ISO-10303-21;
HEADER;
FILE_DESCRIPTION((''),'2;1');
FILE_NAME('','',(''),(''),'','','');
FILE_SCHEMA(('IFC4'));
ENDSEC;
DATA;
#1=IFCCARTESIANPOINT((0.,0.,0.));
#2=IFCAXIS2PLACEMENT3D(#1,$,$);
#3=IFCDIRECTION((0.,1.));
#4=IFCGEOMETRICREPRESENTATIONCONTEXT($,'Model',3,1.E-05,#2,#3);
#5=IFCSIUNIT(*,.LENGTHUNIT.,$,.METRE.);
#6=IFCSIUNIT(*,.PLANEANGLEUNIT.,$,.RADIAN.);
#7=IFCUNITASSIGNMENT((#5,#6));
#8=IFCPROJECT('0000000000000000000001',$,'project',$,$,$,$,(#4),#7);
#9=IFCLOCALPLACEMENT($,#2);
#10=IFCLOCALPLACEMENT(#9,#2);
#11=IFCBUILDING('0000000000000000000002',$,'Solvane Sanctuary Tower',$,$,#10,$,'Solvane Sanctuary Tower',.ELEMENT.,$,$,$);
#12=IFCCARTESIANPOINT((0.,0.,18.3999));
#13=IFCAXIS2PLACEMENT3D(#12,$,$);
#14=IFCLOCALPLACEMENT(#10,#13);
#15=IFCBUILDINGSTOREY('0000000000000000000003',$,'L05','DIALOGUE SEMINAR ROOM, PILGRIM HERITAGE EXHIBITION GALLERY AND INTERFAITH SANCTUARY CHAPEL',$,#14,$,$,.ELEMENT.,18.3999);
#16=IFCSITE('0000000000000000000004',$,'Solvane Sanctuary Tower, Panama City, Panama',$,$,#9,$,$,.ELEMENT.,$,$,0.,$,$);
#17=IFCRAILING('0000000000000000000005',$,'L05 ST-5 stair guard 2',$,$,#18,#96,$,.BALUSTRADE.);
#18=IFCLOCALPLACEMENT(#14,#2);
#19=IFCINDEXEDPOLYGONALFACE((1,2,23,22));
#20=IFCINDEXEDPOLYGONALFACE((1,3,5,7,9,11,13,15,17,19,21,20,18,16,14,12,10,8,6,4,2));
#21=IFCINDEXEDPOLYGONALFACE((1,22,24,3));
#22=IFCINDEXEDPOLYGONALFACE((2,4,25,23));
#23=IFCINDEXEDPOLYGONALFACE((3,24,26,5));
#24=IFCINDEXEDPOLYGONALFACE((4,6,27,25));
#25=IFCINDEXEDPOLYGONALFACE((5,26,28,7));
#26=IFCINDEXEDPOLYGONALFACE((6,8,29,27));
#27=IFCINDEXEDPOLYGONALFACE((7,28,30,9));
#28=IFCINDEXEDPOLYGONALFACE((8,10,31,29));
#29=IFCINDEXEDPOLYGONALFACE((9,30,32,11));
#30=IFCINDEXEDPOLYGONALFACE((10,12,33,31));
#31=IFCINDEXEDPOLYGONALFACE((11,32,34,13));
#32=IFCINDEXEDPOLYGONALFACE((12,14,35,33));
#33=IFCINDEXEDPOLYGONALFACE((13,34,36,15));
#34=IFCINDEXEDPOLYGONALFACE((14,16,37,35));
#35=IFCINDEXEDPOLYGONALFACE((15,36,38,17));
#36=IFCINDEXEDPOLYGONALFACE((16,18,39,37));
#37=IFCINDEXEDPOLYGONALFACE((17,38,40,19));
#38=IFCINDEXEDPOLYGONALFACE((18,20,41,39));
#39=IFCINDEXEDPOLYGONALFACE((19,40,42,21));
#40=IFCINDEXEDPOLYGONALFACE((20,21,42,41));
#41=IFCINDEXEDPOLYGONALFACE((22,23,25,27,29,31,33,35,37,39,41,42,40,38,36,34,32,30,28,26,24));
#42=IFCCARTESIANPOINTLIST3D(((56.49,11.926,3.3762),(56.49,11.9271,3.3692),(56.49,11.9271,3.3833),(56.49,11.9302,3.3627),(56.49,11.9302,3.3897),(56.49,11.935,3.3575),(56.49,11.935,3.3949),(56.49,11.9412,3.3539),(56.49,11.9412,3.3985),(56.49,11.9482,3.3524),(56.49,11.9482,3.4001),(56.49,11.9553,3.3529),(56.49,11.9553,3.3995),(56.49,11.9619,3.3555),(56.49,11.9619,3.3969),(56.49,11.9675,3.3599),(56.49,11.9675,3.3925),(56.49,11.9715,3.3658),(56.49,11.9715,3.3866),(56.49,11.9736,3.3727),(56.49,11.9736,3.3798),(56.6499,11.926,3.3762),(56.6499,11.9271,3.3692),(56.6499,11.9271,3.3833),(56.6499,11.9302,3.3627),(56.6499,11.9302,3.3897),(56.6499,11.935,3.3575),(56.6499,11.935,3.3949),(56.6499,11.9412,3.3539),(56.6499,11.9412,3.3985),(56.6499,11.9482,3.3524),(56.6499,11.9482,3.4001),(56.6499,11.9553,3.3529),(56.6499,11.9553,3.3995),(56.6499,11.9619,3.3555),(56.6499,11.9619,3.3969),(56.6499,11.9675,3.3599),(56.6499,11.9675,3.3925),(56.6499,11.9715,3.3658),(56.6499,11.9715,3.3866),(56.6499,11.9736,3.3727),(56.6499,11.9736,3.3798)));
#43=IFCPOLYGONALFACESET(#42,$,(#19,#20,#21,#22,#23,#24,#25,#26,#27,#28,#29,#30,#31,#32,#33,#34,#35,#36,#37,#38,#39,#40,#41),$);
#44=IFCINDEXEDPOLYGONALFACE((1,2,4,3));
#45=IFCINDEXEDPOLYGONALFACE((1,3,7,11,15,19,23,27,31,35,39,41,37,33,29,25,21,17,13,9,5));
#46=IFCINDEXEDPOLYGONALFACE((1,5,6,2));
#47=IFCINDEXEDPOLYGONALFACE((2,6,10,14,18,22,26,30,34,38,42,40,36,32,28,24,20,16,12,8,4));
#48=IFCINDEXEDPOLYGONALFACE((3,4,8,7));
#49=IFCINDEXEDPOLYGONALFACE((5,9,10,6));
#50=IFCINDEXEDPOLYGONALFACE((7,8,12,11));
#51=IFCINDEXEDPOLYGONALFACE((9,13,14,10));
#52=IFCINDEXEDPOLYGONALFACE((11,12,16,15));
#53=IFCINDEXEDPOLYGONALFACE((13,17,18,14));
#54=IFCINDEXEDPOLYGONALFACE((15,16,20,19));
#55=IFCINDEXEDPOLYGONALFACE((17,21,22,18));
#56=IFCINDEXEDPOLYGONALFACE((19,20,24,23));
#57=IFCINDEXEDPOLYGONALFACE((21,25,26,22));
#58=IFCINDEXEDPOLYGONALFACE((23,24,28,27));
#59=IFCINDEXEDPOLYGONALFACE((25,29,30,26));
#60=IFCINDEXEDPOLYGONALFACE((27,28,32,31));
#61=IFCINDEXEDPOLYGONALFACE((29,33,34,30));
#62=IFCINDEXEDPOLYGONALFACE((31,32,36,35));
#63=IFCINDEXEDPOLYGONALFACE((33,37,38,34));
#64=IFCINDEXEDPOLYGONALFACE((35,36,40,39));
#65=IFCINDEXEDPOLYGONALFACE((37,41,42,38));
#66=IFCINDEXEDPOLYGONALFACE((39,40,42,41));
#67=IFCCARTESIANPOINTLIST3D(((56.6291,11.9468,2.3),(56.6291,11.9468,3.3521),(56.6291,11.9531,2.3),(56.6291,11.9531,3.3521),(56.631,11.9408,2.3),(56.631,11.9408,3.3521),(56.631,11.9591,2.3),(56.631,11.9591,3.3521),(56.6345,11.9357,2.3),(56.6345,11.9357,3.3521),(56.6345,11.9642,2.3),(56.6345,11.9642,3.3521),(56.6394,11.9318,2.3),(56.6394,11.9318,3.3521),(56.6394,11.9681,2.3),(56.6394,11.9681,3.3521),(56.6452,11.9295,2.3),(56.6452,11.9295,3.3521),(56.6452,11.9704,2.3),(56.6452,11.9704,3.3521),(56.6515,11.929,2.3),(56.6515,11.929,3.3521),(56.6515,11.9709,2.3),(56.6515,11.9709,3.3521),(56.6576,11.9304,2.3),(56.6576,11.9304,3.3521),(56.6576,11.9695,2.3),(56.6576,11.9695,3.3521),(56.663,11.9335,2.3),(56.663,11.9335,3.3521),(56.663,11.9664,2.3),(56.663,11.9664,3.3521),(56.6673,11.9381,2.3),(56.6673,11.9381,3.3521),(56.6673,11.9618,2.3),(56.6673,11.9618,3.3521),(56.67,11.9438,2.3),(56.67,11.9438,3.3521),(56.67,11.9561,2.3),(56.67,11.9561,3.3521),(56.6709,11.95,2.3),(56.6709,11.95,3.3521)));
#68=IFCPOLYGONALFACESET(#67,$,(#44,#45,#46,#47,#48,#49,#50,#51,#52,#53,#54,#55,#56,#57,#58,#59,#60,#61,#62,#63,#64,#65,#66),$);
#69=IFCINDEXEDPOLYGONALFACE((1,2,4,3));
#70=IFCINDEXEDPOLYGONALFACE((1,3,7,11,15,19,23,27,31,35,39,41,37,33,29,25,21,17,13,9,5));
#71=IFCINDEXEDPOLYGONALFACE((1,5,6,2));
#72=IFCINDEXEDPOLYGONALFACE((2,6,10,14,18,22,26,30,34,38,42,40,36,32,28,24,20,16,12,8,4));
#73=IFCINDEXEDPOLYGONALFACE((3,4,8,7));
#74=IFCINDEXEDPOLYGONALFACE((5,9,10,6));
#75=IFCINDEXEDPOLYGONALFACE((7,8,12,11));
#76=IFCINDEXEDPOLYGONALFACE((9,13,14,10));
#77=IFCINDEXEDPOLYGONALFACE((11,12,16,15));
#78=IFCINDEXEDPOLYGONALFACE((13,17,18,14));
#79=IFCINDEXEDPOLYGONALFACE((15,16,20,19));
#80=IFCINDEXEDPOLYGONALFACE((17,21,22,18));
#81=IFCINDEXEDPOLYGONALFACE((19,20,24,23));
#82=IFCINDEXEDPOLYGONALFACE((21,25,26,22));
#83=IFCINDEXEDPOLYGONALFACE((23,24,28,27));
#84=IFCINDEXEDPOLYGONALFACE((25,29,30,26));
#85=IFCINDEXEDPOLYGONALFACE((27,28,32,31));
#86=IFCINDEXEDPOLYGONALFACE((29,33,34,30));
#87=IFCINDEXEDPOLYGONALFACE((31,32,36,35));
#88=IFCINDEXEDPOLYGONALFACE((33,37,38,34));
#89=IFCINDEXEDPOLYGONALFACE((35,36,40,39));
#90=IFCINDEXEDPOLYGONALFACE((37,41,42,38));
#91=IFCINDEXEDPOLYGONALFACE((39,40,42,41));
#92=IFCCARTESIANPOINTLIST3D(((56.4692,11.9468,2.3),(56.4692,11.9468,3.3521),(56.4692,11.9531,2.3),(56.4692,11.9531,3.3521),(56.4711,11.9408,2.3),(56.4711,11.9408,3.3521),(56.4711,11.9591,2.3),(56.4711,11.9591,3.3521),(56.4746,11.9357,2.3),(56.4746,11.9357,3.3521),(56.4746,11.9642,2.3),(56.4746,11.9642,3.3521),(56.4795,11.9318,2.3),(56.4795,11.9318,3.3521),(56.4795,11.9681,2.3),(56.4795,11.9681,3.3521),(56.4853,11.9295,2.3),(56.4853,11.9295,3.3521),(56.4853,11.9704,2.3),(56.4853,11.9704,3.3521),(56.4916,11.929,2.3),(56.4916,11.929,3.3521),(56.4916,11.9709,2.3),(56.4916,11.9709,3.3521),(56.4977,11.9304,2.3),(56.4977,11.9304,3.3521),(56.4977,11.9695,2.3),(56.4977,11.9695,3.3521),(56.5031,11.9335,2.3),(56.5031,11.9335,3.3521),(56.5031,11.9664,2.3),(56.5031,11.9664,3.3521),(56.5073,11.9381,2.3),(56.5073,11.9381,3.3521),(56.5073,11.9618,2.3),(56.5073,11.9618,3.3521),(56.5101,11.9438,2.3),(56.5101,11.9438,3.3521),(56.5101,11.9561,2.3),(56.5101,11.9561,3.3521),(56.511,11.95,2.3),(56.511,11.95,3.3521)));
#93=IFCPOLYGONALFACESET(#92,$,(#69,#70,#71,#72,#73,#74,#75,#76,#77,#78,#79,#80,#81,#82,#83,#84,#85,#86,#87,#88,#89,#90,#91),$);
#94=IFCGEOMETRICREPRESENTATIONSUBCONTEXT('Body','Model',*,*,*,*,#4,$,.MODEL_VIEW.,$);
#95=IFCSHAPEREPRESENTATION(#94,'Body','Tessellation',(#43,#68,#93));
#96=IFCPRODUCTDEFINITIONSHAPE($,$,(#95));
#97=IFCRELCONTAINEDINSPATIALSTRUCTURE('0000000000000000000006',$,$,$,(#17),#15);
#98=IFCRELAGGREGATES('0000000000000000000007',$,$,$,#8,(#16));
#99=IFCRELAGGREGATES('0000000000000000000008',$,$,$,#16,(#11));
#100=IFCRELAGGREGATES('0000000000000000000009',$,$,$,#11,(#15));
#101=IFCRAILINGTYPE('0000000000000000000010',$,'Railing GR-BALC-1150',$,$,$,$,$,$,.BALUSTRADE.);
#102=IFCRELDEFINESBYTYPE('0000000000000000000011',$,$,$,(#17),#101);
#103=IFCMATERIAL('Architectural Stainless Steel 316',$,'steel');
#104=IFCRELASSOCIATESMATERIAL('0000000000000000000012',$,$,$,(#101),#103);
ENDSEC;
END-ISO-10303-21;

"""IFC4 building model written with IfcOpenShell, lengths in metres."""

from ifc_helpers import new_model, si_unit, direction, frame, origin, origin_2d, place, context, subcontext, project, spatial, circle, extrude, material, type_object, element, save


model = new_model("IFC4")

# Units and contexts
model_context = context("Model", 3, precision=1e-05, world=origin(), true_north=direction((0.0, 1.0)))
body_context = subcontext(model_context, "Body", "Model", "MODEL_VIEW")
ifc_project = project(units=[si_unit("LENGTHUNIT", "METRE"), si_unit("PLANEANGLEUNIT", "RADIAN")], contexts=[model_context])

# Site, building, storey
site_placement = place(None, origin())
site = spatial("IfcSite", under=ifc_project, at=site_placement, Name="Solvane Sanctuary Tower, Panama City, Panama", CompositionType="ELEMENT", RefElevation=0.0)
building_placement = place(site_placement, origin())
building = spatial("IfcBuilding", under=site, at=building_placement, Name="Solvane Sanctuary Tower", LongName="Solvane Sanctuary Tower", CompositionType="ELEMENT")
storey_placement = place(building_placement, frame((0.0, 0.0, 18.3999)))
storey = spatial("IfcBuildingStorey", under=building, at=storey_placement, Name="L05", Description="DIALOGUE SEMINAR ROOM, PILGRIM HERITAGE EXHIBITION GALLERY AND INTERFAITH SANCTUARY CHAPEL", CompositionType="ELEMENT", Elevation=18.3999)

# Shared definitions
ifc_material_1 = material(Name="Architectural Stainless Steel 316", Category="steel")

# Railing
railing_type_1 = type_object("IfcRailingType", Name="Railing GR-BALC-1150", PredefinedType="BALUSTRADE", material=ifc_material_1)
railing_1_placement = place(storey_placement, frame((56.6499, 11.95, 2.3)))
element("IfcRailing", 1, at=railing_1_placement, inside=storey, type_object=railing_type_1, Name="L05 ST-5 stair guard 2", PredefinedType="BALUSTRADE", context=body_context, shape_type="SweptSolid", body=[
    extrude(circle(Radius=0.0239, at=origin_2d()), frame((0.0, 0.0, 1.0762), z_axis=(-1.0, 0.0, 0.0), x_axis=(0.0, -1.0, 0.0)), (0.0, 0.0, 1.0), 0.1599),
    extrude(circle(Radius=0.021, at=origin_2d()), origin(), (0.0, 0.0, 1.0), 1.052),
    extrude(circle(Radius=0.021, at=origin_2d()), frame((-0.1599, 0.0, 0.0)), (0.0, 0.0, 1.0), 1.052),
])

save(model, "model.ifc")
